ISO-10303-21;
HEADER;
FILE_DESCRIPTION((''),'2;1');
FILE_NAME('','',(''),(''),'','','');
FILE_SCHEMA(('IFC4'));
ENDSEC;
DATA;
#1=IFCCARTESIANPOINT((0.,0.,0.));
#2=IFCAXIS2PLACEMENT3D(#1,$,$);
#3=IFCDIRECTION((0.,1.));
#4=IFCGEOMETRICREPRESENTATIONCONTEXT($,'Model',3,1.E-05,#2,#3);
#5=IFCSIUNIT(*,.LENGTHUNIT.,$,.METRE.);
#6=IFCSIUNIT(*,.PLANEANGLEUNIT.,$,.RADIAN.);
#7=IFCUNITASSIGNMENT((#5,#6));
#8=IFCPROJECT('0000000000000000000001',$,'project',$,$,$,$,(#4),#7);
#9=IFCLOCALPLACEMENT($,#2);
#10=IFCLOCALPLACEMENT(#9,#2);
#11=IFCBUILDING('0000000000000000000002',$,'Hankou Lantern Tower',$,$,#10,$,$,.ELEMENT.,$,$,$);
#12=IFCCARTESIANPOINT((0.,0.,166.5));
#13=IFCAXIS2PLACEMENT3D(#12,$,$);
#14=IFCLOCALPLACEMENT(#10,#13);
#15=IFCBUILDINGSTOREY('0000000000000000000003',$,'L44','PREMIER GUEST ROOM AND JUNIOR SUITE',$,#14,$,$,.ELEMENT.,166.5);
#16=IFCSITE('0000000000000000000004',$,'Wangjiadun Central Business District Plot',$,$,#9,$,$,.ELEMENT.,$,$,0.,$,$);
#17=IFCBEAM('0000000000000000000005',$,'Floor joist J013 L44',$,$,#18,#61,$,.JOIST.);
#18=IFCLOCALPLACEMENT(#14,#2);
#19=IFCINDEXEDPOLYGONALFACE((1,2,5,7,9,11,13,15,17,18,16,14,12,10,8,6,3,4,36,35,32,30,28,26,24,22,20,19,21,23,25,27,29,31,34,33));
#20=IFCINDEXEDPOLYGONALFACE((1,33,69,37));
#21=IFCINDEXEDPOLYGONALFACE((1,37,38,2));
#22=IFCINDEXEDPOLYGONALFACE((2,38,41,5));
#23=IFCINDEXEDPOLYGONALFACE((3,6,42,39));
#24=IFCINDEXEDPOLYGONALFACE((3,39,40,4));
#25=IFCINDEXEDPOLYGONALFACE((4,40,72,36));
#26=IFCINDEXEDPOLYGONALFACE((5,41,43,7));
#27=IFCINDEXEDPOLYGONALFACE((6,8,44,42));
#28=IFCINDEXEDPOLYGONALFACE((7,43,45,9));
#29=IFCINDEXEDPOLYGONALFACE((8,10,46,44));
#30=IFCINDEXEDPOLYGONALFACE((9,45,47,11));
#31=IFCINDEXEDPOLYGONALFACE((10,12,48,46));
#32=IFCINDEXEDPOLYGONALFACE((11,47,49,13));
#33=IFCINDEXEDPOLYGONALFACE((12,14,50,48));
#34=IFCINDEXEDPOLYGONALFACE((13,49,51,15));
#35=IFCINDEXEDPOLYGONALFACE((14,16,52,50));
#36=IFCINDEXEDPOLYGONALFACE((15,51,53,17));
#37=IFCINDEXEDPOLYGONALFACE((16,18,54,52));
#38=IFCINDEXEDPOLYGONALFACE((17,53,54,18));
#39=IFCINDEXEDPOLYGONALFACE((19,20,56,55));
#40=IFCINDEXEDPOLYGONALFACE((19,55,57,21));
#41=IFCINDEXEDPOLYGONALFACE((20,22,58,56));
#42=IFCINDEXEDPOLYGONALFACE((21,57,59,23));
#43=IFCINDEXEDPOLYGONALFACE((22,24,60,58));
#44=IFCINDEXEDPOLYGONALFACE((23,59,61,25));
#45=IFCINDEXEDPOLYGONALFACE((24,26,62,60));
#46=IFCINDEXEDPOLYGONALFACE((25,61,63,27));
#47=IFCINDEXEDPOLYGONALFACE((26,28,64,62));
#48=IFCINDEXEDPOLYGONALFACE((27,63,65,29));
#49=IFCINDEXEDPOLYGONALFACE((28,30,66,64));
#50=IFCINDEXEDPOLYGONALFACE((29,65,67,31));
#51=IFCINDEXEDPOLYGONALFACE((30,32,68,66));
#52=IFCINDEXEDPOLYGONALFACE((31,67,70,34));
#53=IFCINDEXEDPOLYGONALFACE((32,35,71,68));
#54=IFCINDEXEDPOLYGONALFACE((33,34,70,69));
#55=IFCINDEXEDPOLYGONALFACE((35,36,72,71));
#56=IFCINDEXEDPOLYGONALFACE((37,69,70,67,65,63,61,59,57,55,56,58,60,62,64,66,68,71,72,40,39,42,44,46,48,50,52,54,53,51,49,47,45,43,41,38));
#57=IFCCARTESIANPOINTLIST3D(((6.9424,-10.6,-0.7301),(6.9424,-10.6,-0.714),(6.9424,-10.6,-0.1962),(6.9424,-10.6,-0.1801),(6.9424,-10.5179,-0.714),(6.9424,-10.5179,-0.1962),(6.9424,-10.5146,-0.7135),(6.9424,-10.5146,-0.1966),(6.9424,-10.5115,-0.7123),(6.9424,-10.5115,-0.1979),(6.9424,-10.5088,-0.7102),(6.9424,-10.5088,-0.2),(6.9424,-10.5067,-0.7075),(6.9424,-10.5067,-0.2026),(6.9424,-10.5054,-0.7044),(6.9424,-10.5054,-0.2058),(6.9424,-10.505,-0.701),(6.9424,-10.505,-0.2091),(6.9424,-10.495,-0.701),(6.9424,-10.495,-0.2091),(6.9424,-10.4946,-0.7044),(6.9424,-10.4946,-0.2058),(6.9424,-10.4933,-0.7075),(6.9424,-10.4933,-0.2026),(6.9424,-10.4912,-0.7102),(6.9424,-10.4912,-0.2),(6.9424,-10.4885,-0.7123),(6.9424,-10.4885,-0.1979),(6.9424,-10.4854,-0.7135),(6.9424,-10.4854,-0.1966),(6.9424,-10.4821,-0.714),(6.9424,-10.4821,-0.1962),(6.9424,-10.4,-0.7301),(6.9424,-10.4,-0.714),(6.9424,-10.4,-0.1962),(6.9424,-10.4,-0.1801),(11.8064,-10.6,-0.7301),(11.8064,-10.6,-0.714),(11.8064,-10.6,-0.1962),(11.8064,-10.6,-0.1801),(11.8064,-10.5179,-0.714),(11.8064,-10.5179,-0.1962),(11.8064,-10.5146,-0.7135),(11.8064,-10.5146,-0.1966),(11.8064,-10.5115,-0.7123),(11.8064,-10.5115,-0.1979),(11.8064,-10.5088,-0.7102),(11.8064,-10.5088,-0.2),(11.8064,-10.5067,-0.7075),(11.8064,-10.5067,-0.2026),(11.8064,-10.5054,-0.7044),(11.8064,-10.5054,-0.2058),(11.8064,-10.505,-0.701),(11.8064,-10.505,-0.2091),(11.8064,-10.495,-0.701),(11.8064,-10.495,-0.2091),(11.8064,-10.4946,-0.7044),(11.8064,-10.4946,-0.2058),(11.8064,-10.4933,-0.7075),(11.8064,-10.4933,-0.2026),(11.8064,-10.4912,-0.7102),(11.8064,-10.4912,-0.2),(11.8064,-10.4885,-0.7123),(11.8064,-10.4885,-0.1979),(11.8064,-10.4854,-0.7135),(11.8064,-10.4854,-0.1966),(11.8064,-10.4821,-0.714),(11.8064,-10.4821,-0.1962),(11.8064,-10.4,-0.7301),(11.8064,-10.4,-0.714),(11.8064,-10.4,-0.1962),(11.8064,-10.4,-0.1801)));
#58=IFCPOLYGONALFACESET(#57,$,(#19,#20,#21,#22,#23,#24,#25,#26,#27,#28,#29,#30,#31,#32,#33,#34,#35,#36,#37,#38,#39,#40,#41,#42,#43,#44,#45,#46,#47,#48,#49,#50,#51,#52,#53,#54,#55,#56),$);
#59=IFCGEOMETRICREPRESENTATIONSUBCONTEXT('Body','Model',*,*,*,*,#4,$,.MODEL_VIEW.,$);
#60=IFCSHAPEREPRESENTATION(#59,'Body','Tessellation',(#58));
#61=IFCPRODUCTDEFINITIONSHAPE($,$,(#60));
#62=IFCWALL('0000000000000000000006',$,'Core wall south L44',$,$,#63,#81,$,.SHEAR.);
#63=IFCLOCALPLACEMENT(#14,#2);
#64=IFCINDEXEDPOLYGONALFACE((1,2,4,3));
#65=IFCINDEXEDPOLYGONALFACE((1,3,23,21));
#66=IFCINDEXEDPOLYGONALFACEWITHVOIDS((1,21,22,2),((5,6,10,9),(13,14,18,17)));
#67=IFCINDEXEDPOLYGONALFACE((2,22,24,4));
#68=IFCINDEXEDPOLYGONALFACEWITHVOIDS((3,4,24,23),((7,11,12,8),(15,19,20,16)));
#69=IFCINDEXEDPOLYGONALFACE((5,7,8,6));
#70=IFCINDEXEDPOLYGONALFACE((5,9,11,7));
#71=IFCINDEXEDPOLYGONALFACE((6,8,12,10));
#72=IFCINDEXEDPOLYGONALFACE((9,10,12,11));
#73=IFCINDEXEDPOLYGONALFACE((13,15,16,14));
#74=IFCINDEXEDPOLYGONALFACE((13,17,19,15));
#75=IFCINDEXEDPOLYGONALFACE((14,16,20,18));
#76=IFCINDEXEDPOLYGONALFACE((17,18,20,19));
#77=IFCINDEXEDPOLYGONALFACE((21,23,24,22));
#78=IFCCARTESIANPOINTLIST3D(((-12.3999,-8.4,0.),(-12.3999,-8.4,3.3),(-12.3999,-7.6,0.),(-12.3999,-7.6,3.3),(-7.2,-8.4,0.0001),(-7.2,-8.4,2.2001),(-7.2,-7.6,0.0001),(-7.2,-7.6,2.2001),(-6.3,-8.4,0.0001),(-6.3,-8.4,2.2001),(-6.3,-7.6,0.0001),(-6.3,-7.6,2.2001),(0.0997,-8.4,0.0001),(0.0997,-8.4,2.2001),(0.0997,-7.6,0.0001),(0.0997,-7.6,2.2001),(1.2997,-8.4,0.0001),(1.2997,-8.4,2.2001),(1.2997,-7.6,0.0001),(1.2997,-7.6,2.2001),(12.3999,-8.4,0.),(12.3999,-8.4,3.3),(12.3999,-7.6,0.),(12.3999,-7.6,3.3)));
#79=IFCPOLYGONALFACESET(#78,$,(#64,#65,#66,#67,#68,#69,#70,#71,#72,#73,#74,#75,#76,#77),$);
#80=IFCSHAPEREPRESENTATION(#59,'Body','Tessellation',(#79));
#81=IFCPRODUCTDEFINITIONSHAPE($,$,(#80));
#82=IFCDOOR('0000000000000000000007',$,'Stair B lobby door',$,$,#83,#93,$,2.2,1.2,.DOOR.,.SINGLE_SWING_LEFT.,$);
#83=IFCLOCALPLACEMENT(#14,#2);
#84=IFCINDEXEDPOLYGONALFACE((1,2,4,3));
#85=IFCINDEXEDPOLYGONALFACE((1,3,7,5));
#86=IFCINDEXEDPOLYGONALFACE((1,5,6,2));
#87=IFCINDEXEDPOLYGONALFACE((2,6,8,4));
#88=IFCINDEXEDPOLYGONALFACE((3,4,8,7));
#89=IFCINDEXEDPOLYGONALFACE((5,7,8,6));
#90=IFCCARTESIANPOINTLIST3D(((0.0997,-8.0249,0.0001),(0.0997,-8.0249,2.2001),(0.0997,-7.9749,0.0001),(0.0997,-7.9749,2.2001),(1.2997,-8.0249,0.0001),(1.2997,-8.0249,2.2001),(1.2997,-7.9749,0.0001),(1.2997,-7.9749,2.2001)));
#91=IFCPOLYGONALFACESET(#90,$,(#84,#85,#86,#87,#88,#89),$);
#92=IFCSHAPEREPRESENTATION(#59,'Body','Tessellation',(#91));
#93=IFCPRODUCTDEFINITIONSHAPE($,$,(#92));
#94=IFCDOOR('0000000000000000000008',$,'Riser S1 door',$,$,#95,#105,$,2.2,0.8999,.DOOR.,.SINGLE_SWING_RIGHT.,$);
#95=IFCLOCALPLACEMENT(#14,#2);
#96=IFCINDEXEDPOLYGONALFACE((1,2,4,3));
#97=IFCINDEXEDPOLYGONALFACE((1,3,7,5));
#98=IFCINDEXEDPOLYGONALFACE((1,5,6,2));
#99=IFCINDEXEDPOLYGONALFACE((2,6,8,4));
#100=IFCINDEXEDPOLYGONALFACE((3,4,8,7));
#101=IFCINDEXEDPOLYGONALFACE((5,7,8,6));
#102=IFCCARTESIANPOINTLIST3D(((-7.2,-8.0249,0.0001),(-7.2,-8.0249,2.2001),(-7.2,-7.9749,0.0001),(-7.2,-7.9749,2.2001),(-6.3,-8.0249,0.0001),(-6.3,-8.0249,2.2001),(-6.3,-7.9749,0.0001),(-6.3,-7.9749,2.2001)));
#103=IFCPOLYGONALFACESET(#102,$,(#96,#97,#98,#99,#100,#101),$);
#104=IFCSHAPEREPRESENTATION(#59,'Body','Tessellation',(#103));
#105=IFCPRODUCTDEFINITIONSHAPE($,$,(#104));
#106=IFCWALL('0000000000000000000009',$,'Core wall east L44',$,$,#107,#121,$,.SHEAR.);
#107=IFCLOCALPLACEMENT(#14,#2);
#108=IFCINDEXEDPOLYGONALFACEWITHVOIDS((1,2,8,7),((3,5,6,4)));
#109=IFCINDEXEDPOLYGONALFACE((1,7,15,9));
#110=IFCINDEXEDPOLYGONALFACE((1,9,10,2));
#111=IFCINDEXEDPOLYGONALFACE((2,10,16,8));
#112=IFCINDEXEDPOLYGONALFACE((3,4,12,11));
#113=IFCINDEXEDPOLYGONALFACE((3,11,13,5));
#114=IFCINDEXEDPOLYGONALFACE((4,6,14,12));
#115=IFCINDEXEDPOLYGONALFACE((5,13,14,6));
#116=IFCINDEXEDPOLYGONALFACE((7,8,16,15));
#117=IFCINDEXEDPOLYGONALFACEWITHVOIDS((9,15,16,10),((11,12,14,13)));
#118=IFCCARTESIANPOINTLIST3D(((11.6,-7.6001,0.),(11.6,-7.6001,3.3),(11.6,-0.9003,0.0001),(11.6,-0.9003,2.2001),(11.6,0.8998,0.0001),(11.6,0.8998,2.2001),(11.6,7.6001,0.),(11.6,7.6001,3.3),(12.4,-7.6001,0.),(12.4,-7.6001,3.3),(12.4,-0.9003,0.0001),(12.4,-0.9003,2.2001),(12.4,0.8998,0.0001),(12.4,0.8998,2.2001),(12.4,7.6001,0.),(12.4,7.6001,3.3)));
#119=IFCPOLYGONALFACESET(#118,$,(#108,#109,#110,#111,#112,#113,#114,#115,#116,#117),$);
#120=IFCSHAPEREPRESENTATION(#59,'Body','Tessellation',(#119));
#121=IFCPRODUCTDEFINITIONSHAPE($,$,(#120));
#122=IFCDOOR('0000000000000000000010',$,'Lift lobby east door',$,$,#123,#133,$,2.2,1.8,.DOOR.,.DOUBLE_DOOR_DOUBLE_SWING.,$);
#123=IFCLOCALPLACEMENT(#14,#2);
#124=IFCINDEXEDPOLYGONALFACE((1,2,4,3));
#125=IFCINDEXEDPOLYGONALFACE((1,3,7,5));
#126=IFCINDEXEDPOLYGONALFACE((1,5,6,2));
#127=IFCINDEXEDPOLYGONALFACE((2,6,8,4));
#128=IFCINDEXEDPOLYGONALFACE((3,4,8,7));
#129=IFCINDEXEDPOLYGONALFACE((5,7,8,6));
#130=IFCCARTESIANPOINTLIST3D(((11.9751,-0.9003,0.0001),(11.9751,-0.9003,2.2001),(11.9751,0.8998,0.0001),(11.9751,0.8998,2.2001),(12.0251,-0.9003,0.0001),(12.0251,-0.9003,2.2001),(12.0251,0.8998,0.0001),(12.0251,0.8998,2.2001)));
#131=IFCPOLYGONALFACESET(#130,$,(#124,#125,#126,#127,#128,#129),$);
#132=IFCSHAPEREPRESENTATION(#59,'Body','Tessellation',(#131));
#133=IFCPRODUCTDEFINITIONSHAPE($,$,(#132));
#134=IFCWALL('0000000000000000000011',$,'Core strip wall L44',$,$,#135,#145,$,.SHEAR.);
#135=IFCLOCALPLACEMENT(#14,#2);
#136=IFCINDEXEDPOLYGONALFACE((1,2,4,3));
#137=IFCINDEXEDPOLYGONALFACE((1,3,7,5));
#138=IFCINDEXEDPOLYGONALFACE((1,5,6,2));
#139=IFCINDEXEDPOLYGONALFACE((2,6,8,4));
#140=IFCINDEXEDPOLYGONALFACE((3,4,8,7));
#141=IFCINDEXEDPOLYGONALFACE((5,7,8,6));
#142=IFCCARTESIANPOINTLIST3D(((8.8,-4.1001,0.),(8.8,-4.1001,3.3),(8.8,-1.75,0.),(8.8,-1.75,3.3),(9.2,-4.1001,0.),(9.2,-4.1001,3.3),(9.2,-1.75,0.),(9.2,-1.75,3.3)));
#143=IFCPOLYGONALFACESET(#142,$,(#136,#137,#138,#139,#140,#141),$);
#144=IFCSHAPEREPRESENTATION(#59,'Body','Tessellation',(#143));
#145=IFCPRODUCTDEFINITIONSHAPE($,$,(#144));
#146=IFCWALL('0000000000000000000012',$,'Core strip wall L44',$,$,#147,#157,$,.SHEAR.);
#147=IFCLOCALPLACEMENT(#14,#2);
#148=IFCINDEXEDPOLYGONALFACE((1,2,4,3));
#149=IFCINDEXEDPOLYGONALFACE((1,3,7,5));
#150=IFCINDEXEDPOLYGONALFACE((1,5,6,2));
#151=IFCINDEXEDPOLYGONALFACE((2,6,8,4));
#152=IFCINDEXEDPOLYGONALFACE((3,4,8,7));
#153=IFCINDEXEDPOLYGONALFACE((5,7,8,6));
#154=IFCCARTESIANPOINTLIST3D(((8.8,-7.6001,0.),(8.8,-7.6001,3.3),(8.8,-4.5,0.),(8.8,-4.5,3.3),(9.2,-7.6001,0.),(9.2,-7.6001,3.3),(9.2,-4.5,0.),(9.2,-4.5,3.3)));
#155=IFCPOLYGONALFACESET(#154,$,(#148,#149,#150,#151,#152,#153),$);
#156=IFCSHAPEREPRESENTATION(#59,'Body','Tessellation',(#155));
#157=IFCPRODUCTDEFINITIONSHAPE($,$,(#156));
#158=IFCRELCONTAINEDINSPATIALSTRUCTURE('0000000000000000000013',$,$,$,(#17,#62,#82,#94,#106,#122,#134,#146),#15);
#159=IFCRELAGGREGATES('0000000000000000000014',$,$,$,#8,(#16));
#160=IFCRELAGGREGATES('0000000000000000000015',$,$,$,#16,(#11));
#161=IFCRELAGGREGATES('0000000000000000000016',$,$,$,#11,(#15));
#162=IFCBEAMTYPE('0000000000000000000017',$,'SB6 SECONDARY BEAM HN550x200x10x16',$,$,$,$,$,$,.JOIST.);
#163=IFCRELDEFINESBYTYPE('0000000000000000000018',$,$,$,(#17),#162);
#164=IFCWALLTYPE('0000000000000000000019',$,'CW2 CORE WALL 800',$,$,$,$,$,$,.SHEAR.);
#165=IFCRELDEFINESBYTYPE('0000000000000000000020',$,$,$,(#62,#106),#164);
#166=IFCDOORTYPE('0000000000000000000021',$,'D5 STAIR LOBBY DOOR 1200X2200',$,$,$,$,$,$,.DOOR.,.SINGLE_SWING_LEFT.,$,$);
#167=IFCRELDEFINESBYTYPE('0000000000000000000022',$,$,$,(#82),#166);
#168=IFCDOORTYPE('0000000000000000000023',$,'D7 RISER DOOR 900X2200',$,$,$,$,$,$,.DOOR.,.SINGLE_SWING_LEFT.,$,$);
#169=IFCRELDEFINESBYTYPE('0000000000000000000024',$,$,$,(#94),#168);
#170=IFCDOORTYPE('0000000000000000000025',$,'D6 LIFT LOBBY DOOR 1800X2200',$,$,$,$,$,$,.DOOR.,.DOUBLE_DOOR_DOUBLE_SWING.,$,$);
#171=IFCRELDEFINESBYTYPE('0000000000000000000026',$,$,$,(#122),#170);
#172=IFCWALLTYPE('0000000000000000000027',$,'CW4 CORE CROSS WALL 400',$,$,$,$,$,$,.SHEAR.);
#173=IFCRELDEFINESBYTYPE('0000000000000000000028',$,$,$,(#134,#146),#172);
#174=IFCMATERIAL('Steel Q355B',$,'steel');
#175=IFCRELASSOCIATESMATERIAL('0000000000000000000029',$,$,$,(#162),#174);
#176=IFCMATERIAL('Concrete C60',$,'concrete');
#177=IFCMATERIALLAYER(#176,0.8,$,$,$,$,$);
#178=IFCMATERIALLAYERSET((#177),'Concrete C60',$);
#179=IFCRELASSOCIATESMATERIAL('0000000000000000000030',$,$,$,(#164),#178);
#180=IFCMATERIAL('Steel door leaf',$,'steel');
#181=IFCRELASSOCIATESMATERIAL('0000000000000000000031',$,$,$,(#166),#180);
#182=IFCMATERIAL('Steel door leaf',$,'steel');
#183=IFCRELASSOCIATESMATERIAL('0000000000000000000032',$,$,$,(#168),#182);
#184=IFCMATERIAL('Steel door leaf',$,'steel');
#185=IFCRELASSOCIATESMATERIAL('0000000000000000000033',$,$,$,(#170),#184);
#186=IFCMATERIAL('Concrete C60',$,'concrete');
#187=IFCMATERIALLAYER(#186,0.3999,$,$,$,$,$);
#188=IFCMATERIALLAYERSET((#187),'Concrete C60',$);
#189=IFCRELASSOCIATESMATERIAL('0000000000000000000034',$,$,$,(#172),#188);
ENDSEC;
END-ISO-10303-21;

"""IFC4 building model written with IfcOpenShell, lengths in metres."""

from ifc_helpers import new_model, si_unit, direction, frame, frame_2d, origin, origin_2d, place, context, subcontext, project, spatial, rectangle, i_section, extrude, material, layer, layer_set, material_profile, profile_set, type_object, element, fill, save


model = new_model("IFC4")

# Units and contexts
model_context = context("Model", 3, precision=1e-05, world=origin(), true_north=direction((0.0, 1.0)))
body_context = subcontext(model_context, "Body", "Model", "MODEL_VIEW")
ifc_project = project(units=[si_unit("LENGTHUNIT", "METRE"), si_unit("PLANEANGLEUNIT", "RADIAN")], contexts=[model_context])

# Site, building, storey
site_placement = place(None, origin())
site = spatial("IfcSite", under=ifc_project, at=site_placement, Name="Wangjiadun Central Business District Plot", CompositionType="ELEMENT", RefElevation=0.0)
building_placement = place(site_placement, origin())
building = spatial("IfcBuilding", under=site, at=building_placement, Name="Hankou Lantern Tower", CompositionType="ELEMENT")
storey_placement = place(building_placement, frame((0.0, 0.0, 166.5)))
storey = spatial("IfcBuildingStorey", under=building, at=storey_placement, Name="L44", Description="PREMIER GUEST ROOM AND JUNIOR SUITE", CompositionType="ELEMENT", Elevation=166.5)

# Beam
ifc_material_1 = material(Name="Steel Q355B", Category="steel")
ifc_material_profile_1 = material_profile(ifc_material_1, i_section(OverallWidth=0.2, OverallDepth=0.55, WebThickness=0.01, FlangeThickness=0.0161, FilletRadius=0.0129, at=origin_2d()), Name="HN550x200x10x16")
ifc_profile_set_1 = profile_set([ifc_material_profile_1], Name="Steel Q355B")
beam_type_1 = type_object("IfcBeamType", Name="SB6 SECONDARY BEAM HN550x200x10x16", PredefinedType="JOIST", material=ifc_profile_set_1)
beam_1_placement = place(storey_placement, frame((6.9424, -10.5, -0.4551), z_axis=(1.0, 0.0, 0.0), x_axis=(0.0, 1.0, 0.0)))
element("IfcBeam", 1, at=beam_1_placement, inside=storey, type_object=beam_type_1, Name="Floor joist J013 L44", PredefinedType="JOIST", context=body_context, shape_type="SweptSolid", body=[
    extrude(i_section(OverallWidth=0.2, OverallDepth=0.55, WebThickness=0.01, FlangeThickness=0.0161, FilletRadius=0.0129, at=origin_2d()), origin(), (0.0, 0.0, 1.0), 4.864),
])

# Wall, openings, doors
ifc_material_2 = material(Name="Concrete C60", Category="concrete")
ifc_layer_1 = layer(ifc_material_2, 0.8)
ifc_layer_set_1 = layer_set([ifc_layer_1], Name="Concrete C60")
wall_type_1 = type_object("IfcWallType", Name="CW2 CORE WALL 800", PredefinedType="SHEAR", material=ifc_layer_set_1)
wall_1_placement = place(storey_placement, frame((12.3999, -8.0, 0.0), z_axis=(0.0, 0.0, 1.0), x_axis=(-1.0, 0.0, 0.0)))
wall_1 = element("IfcWall", 2, at=wall_1_placement, inside=storey, type_object=wall_type_1, Name="Core wall south L44", PredefinedType="SHEAR", context=body_context, shape_type="SweptSolid", body=[
    extrude(rectangle(XDim=24.7998, YDim=0.8, at=frame_2d((12.3999, 0.0))), origin(), (0.0, 0.0, 1.0), 3.3),
])
opening_1_placement = place(wall_1_placement, frame((11.1001, 0.0, 0.0)))
opening_1 = element("IfcOpeningElement", 3, at=opening_1_placement, cuts=wall_1, PredefinedType="OPENING", context=body_context, shape_type="SweptSolid", body=[
    extrude(rectangle(XDim=1.2, YDim=2.2, at=frame_2d((0.6001, 1.1001))), frame((0.0, 0.4099, 0.0), z_axis=(0.0, -1.0, 0.0), x_axis=(1.0, 0.0, 0.0)), (0.0, 0.0, 1.0), 0.8201),
])
opening_2_placement = place(wall_1_placement, frame((18.7, 0.0, 0.0)))
opening_2 = element("IfcOpeningElement", 4, at=opening_2_placement, cuts=wall_1, PredefinedType="OPENING", context=body_context, shape_type="SweptSolid", body=[
    extrude(rectangle(XDim=0.8999, YDim=2.2, at=frame_2d((0.45, 1.1001))), frame((0.0, 0.4099, 0.0), z_axis=(0.0, -1.0, 0.0), x_axis=(1.0, 0.0, 0.0)), (0.0, 0.0, 1.0), 0.8201),
])
ifc_material_3 = material(Name="Steel door leaf", Category="steel")
door_type_1 = type_object("IfcDoorType", Name="D5 STAIR LOBBY DOOR 1200X2200", OperationType="SINGLE_SWING_LEFT", PredefinedType="DOOR", material=ifc_material_3)
door_1_placement = place(opening_1_placement, origin())
door_1 = element("IfcDoor", 5, at=door_1_placement, inside=storey, type_object=door_type_1, Name="Stair B lobby door", OperationType="SINGLE_SWING_LEFT", OverallHeight=2.2, OverallWidth=1.2, PredefinedType="DOOR", context=body_context, shape_type="SweptSolid", body=[
    extrude(rectangle(XDim=1.2, YDim=2.2, at=frame_2d((0.6001, 1.1001))), frame((0.0, 0.0249, 0.0), z_axis=(0.0, -1.0, 0.0), x_axis=(1.0, 0.0, 0.0)), (0.0, 0.0, 1.0), 0.05),
])
fill(opening_1, door_1)
ifc_material_4 = material(Name="Steel door leaf", Category="steel")
door_type_2 = type_object("IfcDoorType", Name="D7 RISER DOOR 900X2200", OperationType="SINGLE_SWING_LEFT", PredefinedType="DOOR", material=ifc_material_4)
door_2_placement = place(opening_2_placement, origin())
door_2 = element("IfcDoor", 6, at=door_2_placement, inside=storey, type_object=door_type_2, Name="Riser S1 door", OperationType="SINGLE_SWING_RIGHT", OverallHeight=2.2, OverallWidth=0.8999, PredefinedType="DOOR", context=body_context, shape_type="SweptSolid", body=[
    extrude(rectangle(XDim=0.8999, YDim=2.2, at=frame_2d((0.45, 1.1001))), frame((0.0, 0.0249, 0.0), z_axis=(0.0, -1.0, 0.0), x_axis=(1.0, 0.0, 0.0)), (0.0, 0.0, 1.0), 0.05),
])
fill(opening_2, door_2)

# Wall, opening, door
wall_2_placement = place(storey_placement, frame((12.0, -7.6001, 0.0), z_axis=(0.0, 0.0, 1.0), x_axis=(0.0, 1.0, 0.0)))
wall_2 = element("IfcWall", 7, at=wall_2_placement, inside=storey, type_object=wall_type_1, Name="Core wall east L44", PredefinedType="SHEAR", context=body_context, shape_type="SweptSolid", body=[
    extrude(rectangle(XDim=15.2002, YDim=0.8, at=frame_2d((7.6001, 0.0))), origin(), (0.0, 0.0, 1.0), 3.3),
])
opening_3_placement = place(wall_2_placement, frame((6.7, 0.0, 0.0)))
opening_3 = element("IfcOpeningElement", 8, at=opening_3_placement, cuts=wall_2, PredefinedType="OPENING", context=body_context, shape_type="SweptSolid", body=[
    extrude(rectangle(XDim=1.8, YDim=2.2, at=frame_2d((0.8999, 1.1001))), frame((0.0, 0.4099, 0.0), z_axis=(0.0, -1.0, 0.0), x_axis=(1.0, 0.0, 0.0)), (0.0, 0.0, 1.0), 0.8201),
])
ifc_material_5 = material(Name="Steel door leaf", Category="steel")
door_type_3 = type_object("IfcDoorType", Name="D6 LIFT LOBBY DOOR 1800X2200", OperationType="DOUBLE_DOOR_DOUBLE_SWING", PredefinedType="DOOR", material=ifc_material_5)
door_3_placement = place(opening_3_placement, origin())
door_3 = element("IfcDoor", 9, at=door_3_placement, inside=storey, type_object=door_type_3, Name="Lift lobby east door", OperationType="DOUBLE_DOOR_DOUBLE_SWING", OverallHeight=2.2, OverallWidth=1.8, PredefinedType="DOOR", context=body_context, shape_type="SweptSolid", body=[
    extrude(rectangle(XDim=1.8, YDim=2.2, at=frame_2d((0.8999, 1.1001))), frame((0.0, 0.0249, 0.0), z_axis=(0.0, -1.0, 0.0), x_axis=(1.0, 0.0, 0.0)), (0.0, 0.0, 1.0), 0.05),
])
fill(opening_3, door_3)

# Walls
ifc_material_6 = material(Name="Concrete C60", Category="concrete")
ifc_layer_2 = layer(ifc_material_6, 0.3999)
ifc_layer_set_2 = layer_set([ifc_layer_2], Name="Concrete C60")
wall_type_2 = type_object("IfcWallType", Name="CW4 CORE CROSS WALL 400", PredefinedType="SHEAR", material=ifc_layer_set_2)
wall_3_placement = place(storey_placement, frame((9.0, -4.1001, 0.0), z_axis=(0.0, 0.0, 1.0), x_axis=(0.0, 1.0, 0.0)))
element("IfcWall", 10, at=wall_3_placement, inside=storey, type_object=wall_type_2, Name="Core strip wall L44", PredefinedType="SHEAR", context=body_context, shape_type="SweptSolid", body=[
    extrude(rectangle(XDim=2.3501, YDim=0.3999, at=frame_2d((1.175, 0.0))), origin(), (0.0, 0.0, 1.0), 3.3),
])
wall_4_placement = place(storey_placement, frame((9.0, -7.6001, 0.0), z_axis=(0.0, 0.0, 1.0), x_axis=(0.0, 1.0, 0.0)))
element("IfcWall", 11, at=wall_4_placement, inside=storey, type_object=wall_type_2, Name="Core strip wall L44", PredefinedType="SHEAR", context=body_context, shape_type="SweptSolid", body=[
    extrude(rectangle(XDim=3.1001, YDim=0.3999, at=frame_2d((1.55, 0.0))), origin(), (0.0, 0.0, 1.0), 3.3),
])

save(model, "model.ifc")
